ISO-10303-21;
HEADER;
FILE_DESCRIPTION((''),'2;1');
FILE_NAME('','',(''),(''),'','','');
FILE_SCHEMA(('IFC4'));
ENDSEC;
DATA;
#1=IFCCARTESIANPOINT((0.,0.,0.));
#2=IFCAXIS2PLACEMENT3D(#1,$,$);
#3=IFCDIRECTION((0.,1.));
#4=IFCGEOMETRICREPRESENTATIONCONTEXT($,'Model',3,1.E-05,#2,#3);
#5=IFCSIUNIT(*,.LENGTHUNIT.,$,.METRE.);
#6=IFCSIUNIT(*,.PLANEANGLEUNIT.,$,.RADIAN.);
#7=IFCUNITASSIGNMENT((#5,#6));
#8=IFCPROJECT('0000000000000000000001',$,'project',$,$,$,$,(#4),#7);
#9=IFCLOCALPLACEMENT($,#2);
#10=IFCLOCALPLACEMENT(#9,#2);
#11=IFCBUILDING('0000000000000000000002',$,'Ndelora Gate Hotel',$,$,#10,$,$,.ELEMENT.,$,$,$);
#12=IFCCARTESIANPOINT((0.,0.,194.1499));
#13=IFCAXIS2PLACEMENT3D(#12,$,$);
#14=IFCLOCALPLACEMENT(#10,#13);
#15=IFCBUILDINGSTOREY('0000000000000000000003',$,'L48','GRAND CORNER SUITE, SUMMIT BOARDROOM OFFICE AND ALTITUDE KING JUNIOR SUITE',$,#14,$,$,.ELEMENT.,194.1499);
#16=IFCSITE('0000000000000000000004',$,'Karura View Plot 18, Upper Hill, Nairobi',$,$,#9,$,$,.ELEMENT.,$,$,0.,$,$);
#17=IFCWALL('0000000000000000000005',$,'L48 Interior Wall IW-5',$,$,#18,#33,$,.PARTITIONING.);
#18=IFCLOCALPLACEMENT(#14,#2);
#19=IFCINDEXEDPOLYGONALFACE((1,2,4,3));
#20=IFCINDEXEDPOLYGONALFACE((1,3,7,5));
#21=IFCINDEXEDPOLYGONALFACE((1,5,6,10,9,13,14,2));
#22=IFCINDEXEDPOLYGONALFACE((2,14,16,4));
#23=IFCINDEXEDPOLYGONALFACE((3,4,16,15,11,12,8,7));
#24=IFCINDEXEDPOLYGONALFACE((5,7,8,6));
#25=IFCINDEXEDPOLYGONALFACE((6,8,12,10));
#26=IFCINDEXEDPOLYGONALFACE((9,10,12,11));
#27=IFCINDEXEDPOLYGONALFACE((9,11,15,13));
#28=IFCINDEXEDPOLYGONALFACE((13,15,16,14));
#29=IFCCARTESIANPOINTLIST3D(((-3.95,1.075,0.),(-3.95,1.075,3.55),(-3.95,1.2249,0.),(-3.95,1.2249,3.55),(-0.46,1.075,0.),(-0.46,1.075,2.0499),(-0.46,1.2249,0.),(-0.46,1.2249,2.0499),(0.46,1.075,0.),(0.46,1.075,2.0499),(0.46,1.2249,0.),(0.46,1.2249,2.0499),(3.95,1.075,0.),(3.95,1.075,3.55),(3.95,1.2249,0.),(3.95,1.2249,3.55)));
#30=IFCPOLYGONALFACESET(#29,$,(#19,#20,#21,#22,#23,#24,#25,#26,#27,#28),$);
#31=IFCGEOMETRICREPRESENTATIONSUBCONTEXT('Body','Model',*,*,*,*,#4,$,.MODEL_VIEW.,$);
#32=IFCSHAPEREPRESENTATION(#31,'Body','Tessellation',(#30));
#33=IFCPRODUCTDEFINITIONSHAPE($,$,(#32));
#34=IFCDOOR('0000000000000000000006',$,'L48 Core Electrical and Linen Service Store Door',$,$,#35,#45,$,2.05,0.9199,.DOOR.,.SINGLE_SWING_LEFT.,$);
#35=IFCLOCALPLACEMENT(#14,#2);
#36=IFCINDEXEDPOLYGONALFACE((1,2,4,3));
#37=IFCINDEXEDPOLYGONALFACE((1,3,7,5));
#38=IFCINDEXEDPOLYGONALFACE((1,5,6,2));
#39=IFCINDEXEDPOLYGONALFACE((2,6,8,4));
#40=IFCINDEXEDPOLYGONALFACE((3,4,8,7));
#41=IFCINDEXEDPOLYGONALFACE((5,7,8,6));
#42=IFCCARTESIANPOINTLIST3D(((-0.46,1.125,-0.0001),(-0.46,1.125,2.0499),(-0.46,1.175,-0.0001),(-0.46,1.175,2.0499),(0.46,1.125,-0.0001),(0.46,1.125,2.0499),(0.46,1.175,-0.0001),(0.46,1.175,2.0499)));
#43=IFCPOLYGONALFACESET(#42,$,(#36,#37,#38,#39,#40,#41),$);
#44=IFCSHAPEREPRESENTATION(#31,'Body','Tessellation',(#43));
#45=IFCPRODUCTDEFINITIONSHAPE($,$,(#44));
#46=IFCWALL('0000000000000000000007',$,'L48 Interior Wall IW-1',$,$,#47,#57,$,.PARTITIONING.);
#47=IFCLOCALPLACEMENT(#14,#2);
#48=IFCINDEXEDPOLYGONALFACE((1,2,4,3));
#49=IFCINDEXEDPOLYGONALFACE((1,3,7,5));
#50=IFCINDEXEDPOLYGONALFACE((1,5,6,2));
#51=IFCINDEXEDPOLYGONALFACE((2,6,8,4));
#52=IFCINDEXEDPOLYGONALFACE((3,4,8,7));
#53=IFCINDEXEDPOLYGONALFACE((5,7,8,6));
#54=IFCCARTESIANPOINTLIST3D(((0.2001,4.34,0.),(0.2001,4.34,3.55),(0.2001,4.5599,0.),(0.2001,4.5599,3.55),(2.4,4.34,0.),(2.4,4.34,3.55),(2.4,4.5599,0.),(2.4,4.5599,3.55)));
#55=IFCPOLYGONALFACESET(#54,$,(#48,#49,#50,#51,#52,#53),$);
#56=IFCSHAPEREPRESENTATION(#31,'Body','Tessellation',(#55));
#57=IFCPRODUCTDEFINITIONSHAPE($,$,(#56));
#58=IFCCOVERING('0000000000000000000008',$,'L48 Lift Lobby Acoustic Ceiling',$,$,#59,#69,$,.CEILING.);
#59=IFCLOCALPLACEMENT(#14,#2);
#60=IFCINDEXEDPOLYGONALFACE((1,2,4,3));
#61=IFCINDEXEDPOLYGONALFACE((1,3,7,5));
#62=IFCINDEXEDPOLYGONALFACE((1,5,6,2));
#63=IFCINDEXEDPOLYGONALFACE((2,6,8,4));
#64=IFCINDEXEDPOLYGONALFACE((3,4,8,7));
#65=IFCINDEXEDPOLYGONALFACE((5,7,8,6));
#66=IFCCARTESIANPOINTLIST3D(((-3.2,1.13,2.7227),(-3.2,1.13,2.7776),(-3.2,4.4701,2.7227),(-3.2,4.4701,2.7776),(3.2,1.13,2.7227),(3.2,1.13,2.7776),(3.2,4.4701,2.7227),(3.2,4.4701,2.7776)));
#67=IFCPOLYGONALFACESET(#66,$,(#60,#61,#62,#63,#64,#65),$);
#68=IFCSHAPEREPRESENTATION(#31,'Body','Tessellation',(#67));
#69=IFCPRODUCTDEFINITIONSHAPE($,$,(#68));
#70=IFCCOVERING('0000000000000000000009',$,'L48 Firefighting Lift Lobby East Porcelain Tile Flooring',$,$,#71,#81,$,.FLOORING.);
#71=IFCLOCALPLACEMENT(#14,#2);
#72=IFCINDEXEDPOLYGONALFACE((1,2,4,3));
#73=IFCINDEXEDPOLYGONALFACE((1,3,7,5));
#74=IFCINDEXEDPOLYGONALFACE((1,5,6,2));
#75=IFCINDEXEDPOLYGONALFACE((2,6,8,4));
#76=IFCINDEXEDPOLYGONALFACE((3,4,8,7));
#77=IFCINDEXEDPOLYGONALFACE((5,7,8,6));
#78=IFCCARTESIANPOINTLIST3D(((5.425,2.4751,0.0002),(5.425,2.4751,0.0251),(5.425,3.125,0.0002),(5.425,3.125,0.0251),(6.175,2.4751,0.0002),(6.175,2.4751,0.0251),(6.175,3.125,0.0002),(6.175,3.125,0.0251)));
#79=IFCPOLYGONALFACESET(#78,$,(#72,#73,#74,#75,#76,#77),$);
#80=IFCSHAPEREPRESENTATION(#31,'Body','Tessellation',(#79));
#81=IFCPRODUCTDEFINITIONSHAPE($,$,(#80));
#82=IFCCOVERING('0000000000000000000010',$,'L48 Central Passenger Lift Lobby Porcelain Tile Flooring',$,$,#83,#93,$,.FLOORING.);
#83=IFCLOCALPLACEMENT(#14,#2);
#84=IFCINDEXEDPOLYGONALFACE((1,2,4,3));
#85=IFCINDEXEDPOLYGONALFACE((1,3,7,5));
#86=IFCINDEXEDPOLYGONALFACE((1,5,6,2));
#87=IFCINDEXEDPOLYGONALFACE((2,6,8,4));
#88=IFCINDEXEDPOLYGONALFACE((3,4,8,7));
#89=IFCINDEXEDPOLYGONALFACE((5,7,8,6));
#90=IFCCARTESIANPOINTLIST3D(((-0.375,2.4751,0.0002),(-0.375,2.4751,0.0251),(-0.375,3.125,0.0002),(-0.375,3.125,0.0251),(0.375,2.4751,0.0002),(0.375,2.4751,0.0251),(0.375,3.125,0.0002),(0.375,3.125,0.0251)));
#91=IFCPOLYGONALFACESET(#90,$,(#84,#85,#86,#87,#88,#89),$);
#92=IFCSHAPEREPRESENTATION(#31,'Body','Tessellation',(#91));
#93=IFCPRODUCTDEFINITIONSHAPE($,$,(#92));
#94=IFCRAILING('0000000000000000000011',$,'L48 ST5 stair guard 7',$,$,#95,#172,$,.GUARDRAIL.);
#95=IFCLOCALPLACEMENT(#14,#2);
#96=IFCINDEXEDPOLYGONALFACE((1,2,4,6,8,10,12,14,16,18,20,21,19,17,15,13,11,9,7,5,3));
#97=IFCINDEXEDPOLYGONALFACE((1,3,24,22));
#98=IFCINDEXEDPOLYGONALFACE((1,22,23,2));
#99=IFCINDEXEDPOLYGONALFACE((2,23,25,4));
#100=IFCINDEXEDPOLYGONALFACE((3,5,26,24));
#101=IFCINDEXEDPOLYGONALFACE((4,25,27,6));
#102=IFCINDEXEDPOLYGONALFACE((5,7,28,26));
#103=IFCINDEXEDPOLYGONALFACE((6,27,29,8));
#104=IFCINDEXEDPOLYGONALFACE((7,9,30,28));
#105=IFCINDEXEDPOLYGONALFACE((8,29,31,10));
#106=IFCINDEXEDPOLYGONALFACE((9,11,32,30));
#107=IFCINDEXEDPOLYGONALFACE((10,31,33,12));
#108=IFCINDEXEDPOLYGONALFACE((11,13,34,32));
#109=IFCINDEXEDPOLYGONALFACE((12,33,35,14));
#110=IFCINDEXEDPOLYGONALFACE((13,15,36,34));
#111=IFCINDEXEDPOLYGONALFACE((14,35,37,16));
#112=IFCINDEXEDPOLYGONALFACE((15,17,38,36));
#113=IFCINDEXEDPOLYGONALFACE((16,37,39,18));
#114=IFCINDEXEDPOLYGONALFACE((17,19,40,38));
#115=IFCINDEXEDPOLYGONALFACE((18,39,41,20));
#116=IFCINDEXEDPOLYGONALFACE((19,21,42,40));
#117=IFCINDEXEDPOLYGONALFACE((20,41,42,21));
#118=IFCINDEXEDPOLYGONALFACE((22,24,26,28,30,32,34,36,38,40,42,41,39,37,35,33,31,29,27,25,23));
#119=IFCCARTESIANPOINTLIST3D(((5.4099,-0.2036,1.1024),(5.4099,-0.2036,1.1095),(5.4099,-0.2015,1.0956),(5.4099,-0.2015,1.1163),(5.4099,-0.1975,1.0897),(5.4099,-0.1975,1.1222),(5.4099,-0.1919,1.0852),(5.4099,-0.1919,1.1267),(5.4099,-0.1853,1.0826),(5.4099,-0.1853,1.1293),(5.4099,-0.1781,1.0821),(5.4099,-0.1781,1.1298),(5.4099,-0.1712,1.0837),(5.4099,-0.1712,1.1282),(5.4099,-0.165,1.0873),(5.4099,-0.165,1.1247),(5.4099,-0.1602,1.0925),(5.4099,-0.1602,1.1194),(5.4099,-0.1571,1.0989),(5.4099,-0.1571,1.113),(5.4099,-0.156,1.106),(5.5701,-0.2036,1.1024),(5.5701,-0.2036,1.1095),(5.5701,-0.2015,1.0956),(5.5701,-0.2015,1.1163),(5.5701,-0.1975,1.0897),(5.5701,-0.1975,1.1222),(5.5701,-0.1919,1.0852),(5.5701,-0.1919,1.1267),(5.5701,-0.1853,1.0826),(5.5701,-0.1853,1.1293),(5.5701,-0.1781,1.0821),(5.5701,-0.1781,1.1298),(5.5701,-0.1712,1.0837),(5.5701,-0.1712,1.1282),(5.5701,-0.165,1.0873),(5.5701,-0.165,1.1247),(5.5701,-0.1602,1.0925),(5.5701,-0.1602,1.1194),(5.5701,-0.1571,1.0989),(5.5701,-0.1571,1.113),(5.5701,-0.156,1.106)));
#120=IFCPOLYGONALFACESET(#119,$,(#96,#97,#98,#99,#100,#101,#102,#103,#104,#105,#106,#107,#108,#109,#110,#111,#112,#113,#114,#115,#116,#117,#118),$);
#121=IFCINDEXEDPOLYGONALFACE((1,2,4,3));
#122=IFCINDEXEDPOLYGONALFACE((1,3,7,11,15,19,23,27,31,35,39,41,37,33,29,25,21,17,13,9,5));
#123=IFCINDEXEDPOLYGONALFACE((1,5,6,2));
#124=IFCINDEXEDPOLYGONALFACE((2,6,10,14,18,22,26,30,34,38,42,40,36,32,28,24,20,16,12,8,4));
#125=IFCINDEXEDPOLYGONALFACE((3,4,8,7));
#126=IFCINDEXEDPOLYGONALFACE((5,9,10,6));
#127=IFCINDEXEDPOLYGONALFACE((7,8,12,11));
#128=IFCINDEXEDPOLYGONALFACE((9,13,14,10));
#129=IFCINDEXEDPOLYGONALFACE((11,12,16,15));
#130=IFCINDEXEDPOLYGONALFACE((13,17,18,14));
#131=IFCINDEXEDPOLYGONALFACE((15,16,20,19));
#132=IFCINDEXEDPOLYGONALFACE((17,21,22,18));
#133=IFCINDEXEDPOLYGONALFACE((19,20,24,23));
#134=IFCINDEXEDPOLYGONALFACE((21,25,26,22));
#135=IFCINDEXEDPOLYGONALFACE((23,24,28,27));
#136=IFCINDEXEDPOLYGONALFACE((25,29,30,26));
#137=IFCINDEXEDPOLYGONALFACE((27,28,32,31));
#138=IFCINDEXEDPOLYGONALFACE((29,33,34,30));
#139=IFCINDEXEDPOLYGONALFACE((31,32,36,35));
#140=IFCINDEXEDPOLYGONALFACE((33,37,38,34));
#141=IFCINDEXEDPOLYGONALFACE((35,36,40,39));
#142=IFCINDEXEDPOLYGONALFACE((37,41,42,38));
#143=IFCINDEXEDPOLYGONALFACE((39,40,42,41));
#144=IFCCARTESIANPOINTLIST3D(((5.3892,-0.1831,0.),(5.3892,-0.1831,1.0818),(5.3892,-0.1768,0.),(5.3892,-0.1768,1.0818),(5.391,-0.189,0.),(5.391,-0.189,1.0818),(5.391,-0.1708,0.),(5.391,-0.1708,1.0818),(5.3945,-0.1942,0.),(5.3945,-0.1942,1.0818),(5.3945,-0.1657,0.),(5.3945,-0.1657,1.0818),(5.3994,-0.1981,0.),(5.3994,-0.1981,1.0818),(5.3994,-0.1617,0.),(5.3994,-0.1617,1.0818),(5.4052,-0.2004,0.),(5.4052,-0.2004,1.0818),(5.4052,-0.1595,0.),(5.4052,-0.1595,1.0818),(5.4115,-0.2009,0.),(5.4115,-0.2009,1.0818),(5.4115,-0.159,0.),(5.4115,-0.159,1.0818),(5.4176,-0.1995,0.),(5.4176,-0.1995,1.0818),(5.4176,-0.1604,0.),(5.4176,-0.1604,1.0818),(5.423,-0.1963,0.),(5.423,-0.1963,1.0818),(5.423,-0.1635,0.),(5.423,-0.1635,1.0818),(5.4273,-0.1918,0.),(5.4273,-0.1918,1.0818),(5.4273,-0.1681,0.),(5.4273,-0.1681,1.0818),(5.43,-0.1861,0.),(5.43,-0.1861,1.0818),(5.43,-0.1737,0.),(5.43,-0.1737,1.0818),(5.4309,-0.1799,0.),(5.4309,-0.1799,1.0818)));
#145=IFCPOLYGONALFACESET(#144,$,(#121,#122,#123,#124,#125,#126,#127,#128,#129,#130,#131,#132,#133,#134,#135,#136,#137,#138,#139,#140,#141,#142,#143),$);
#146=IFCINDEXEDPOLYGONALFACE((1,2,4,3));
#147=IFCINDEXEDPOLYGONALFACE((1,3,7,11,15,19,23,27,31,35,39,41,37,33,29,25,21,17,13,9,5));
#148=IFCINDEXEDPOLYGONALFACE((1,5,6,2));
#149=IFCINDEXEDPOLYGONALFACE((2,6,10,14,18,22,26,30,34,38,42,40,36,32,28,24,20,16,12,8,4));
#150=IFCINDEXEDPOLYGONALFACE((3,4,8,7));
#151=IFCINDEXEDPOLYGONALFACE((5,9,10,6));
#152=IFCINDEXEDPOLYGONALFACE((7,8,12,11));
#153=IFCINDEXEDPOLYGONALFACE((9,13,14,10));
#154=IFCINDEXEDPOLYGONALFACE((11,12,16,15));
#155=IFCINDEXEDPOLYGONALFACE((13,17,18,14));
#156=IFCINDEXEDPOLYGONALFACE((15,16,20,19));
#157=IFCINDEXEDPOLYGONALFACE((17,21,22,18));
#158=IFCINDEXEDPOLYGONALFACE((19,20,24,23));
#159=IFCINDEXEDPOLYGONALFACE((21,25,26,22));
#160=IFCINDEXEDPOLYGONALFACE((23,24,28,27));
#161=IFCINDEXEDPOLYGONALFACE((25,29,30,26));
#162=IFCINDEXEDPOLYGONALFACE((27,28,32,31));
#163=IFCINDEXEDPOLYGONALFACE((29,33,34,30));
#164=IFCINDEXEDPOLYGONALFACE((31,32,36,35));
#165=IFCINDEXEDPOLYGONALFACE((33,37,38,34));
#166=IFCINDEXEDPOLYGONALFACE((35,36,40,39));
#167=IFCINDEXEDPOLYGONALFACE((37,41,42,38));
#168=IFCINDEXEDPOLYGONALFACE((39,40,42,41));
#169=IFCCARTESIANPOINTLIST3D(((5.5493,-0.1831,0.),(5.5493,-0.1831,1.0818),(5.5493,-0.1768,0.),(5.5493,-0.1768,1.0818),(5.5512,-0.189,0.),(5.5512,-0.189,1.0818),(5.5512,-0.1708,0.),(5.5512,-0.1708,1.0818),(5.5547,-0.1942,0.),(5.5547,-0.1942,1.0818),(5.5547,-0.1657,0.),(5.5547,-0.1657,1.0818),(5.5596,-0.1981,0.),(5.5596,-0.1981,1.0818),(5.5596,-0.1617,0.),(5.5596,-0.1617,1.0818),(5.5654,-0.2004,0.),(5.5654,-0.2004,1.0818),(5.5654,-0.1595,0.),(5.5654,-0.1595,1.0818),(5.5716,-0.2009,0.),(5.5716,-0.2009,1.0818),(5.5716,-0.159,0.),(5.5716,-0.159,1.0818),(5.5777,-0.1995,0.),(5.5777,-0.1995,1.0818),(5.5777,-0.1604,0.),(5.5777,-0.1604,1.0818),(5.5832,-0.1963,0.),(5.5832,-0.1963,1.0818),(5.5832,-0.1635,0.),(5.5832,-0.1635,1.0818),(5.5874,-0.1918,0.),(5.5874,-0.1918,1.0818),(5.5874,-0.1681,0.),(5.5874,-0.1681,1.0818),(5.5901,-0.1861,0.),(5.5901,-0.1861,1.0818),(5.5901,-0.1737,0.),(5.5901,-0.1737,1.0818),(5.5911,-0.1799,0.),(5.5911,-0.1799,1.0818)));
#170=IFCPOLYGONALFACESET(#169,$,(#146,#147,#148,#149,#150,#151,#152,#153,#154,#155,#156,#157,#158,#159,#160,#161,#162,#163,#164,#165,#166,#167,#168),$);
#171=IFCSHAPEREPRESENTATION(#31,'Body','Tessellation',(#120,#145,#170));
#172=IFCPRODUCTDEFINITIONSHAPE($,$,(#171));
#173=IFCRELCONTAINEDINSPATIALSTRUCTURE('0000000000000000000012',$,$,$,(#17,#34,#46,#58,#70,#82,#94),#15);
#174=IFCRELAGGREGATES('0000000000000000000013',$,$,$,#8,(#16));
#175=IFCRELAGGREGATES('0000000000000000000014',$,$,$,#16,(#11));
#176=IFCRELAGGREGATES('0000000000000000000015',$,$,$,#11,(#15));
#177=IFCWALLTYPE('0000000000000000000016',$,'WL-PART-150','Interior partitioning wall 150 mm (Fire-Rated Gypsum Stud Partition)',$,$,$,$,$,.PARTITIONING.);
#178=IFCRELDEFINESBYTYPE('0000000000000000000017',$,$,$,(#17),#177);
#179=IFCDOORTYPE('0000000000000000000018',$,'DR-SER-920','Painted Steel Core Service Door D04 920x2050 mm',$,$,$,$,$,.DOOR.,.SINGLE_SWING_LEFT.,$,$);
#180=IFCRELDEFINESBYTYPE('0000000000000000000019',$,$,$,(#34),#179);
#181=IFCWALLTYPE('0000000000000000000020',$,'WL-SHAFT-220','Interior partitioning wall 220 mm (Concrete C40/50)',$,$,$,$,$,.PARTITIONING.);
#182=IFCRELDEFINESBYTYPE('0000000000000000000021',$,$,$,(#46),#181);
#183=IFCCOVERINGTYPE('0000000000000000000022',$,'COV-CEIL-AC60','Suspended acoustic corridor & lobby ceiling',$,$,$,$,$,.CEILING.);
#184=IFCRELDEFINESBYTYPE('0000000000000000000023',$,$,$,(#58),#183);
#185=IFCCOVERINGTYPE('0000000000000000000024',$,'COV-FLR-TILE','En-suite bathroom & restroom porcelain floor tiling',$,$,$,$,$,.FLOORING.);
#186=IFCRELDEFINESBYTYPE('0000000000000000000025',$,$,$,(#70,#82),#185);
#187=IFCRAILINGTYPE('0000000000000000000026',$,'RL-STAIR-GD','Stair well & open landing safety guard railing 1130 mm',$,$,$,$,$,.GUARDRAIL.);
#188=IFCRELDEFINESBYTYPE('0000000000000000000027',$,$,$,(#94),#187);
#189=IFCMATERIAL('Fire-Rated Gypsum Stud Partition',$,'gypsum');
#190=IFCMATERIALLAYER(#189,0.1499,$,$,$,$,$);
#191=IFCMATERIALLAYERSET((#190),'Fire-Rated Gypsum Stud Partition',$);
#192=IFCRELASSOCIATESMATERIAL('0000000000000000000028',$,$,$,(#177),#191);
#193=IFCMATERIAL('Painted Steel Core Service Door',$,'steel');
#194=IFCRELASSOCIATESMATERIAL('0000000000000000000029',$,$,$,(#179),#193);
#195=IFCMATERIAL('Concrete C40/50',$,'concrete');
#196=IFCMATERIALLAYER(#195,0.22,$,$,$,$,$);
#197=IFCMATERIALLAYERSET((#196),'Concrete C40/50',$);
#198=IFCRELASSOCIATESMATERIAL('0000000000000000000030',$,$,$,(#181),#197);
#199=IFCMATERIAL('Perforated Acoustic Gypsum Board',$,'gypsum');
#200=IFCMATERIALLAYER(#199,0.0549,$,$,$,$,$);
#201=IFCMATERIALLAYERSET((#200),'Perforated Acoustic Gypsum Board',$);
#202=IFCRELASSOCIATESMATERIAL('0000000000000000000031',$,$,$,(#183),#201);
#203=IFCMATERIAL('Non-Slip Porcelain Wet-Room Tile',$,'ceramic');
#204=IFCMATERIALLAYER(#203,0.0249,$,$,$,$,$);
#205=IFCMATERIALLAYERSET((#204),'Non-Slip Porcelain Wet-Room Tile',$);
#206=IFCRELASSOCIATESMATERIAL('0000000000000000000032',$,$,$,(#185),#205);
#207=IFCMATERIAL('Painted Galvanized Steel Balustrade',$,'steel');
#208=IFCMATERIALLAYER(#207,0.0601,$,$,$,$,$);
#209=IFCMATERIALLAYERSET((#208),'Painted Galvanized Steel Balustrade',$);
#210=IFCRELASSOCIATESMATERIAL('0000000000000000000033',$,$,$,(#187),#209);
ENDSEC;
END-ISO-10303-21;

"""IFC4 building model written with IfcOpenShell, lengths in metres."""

from ifc_helpers import new_model, si_unit, direction, frame, frame_2d, origin, origin_2d, place, context, subcontext, project, spatial, rectangle, circle, extrude, material, layer, layer_set, type_object, element, fill, save


model = new_model("IFC4")

# Units and contexts
model_context = context("Model", 3, precision=1e-05, world=origin(), true_north=direction((0.0, 1.0)))
body_context = subcontext(model_context, "Body", "Model", "MODEL_VIEW")
ifc_project = project(units=[si_unit("LENGTHUNIT", "METRE"), si_unit("PLANEANGLEUNIT", "RADIAN")], contexts=[model_context])

# Site, building, storey
site_placement = place(None, origin())
site = spatial("IfcSite", under=ifc_project, at=site_placement, Name="Karura View Plot 18, Upper Hill, Nairobi", CompositionType="ELEMENT", RefElevation=0.0)
building_placement = place(site_placement, origin())
building = spatial("IfcBuilding", under=site, at=building_placement, Name="Ndelora Gate Hotel", CompositionType="ELEMENT")
storey_placement = place(building_placement, frame((0.0, 0.0, 194.1499)))
storey = spatial("IfcBuildingStorey", under=building, at=storey_placement, Name="L48", Description="GRAND CORNER SUITE, SUMMIT BOARDROOM OFFICE AND ALTITUDE KING JUNIOR SUITE", CompositionType="ELEMENT", Elevation=194.1499)

# Shared definitions
ifc_material_1 = material(Name="Concrete C40/50", Category="concrete")

# Wall, opening, door
ifc_material_2 = material(Name="Fire-Rated Gypsum Stud Partition", Category="gypsum")
ifc_layer_1 = layer(ifc_material_2, 0.1499)
ifc_layer_set_1 = layer_set([ifc_layer_1], Name="Fire-Rated Gypsum Stud Partition")
wall_type_1 = type_object("IfcWallType", Name="WL-PART-150", Description="Interior partitioning wall 150 mm (Fire-Rated Gypsum Stud Partition)", PredefinedType="PARTITIONING", material=ifc_layer_set_1)
wall_1_placement = place(storey_placement, frame((3.95, 1.1499, 0.0), z_axis=(0.0, 0.0, 1.0), x_axis=(-1.0, 0.0, 0.0)))
wall_1 = element("IfcWall", 1, at=wall_1_placement, inside=storey, type_object=wall_type_1, Name="L48 Interior Wall IW-5", PredefinedType="PARTITIONING", context=body_context, shape_type="SweptSolid", body=[
    extrude(rectangle(XDim=7.8999, YDim=0.1499, at=frame_2d((3.95, 0.0))), origin(), (0.0, 0.0, 1.0), 3.55),
])
opening_1_placement = place(wall_1_placement, frame((3.49, 0.0, 0.0)))
opening_1 = element("IfcOpeningElement", 2, at=opening_1_placement, cuts=wall_1, PredefinedType="OPENING", context=body_context, shape_type="SweptSolid", body=[
    extrude(rectangle(XDim=0.9199, YDim=2.05, at=frame_2d((0.46, 1.0249))), frame((0.0, 0.085, 0.0), z_axis=(0.0, -1.0, 0.0), x_axis=(1.0, 0.0, 0.0)), (0.0, 0.0, 1.0), 0.1699),
])
ifc_material_3 = material(Name="Painted Steel Core Service Door", Category="steel")
door_type_1 = type_object("IfcDoorType", Name="DR-SER-920", Description="Painted Steel Core Service Door D04 920x2050 mm", OperationType="SINGLE_SWING_LEFT", PredefinedType="DOOR", material=ifc_material_3)
door_1_placement = place(opening_1_placement, origin())
door_1 = element("IfcDoor", 3, at=door_1_placement, inside=storey, type_object=door_type_1, Name="L48 Core Electrical and Linen Service Store Door", OperationType="SINGLE_SWING_LEFT", OverallHeight=2.05, OverallWidth=0.9199, PredefinedType="DOOR", context=body_context, shape_type="SweptSolid", body=[
    extrude(rectangle(XDim=0.9199, YDim=2.05, at=frame_2d((0.46, 1.0249))), frame((0.0, 0.0249, 0.0), z_axis=(0.0, -1.0, 0.0), x_axis=(1.0, 0.0, 0.0)), (0.0, 0.0, 1.0), 0.05),
])
fill(opening_1, door_1)
ifc_layer_2 = layer(ifc_material_1, 0.22)
ifc_layer_set_2 = layer_set([ifc_layer_2], Name="Concrete C40/50")
wall_type_2 = type_object("IfcWallType", Name="WL-SHAFT-220", Description="Interior partitioning wall 220 mm (Concrete C40/50)", PredefinedType="PARTITIONING", material=ifc_layer_set_2)

# Wall
wall_2_placement = place(storey_placement, frame((0.2, 4.45, 0.0), z_axis=(0.0, 0.0, 1.0), x_axis=(1.0, 0.0, 0.0)))
element("IfcWall", 4, at=wall_2_placement, inside=storey, type_object=wall_type_2, Name="L48 Interior Wall IW-1", PredefinedType="PARTITIONING", context=body_context, shape_type="SweptSolid", body=[
    extrude(rectangle(XDim=2.2, YDim=0.22, at=frame_2d((1.1001, 0.0))), origin(), (0.0, 0.0, 1.0), 3.55),
])

# Coverings
ifc_material_4 = material(Name="Perforated Acoustic Gypsum Board", Category="gypsum")
ifc_layer_3 = layer(ifc_material_4, 0.0549)
ifc_layer_set_3 = layer_set([ifc_layer_3], Name="Perforated Acoustic Gypsum Board")
covering_type_1 = type_object("IfcCoveringType", Name="COV-CEIL-AC60", Description="Suspended acoustic corridor & lobby ceiling", PredefinedType="CEILING", material=ifc_layer_set_3)
covering_placement = place(storey_placement, frame((0.0, 2.8, 2.7227), z_axis=(0.0, 0.0, 1.0), x_axis=(1.0, 0.0, 0.0)))
element("IfcCovering", 5, at=covering_placement, inside=storey, type_object=covering_type_1, Name="L48 Lift Lobby Acoustic Ceiling", PredefinedType="CEILING", context=body_context, shape_type="SweptSolid", body=[
    extrude(rectangle(XDim=6.3999, YDim=3.3401, at=origin_2d()), origin(), (0.0, 0.0, 1.0), 0.0549),
])
ifc_material_5 = material(Name="Non-Slip Porcelain Wet-Room Tile", Category="ceramic")
ifc_layer_4 = layer(ifc_material_5, 0.0249)
ifc_layer_set_4 = layer_set([ifc_layer_4], Name="Non-Slip Porcelain Wet-Room Tile")
covering_type_2 = type_object("IfcCoveringType", Name="COV-FLR-TILE", Description="En-suite bathroom & restroom porcelain floor tiling", PredefinedType="FLOORING", material=ifc_layer_set_4)
for number, where, z_axis, x_axis, name in (
    (6, (5.8, 2.8, 0.0002), (0.0, 0.0, 1.0), (1.0, 0.0, 0.0), "L48 Firefighting Lift Lobby East Porcelain Tile Flooring"),
    (7, (0.0, 2.8, 0.0002), (0.0, 0.0, 1.0), (1.0, 0.0, 0.0), "L48 Central Passenger Lift Lobby Porcelain Tile Flooring"),
):
    element("IfcCovering", number, at=place(storey_placement, frame(where, z_axis=z_axis, x_axis=x_axis)), inside=storey, type_object=covering_type_2, Name=name, PredefinedType="FLOORING", context=body_context, shape_type="SweptSolid", body=[
        extrude(rectangle(XDim=0.75, YDim=0.6499, at=origin_2d()), origin(), (0.0, 0.0, 1.0), 0.0249),
    ])

# Railing
ifc_material_6 = material(Name="Painted Galvanized Steel Balustrade", Category="steel")
ifc_layer_5 = layer(ifc_material_6, 0.0601)
ifc_layer_set_5 = layer_set([ifc_layer_5], Name="Painted Galvanized Steel Balustrade")
railing_type = type_object("IfcRailingType", Name="RL-STAIR-GD", Description="Stair well & open landing safety guard railing 1130 mm", PredefinedType="GUARDRAIL", material=ifc_layer_set_5)
railing_placement = place(storey_placement, frame((5.4099, -0.1799, 0.0)))
element("IfcRailing", 8, at=railing_placement, inside=storey, type_object=railing_type, Name="L48 ST5 stair guard 7", PredefinedType="GUARDRAIL", context=body_context, shape_type="SweptSolid", body=[
    extrude(circle(Radius=0.0239, at=origin_2d()), frame((0.0, 0.0, 1.106), z_axis=(1.0, 0.0, 0.0), x_axis=(0.0, 1.0, 0.0)), (0.0, 0.0, 1.0), 0.1602),
    extrude(circle(Radius=0.021, at=origin_2d()), origin(), (0.0, 0.0, 1.0), 1.0818),
    extrude(circle(Radius=0.021, at=origin_2d()), frame((0.1602, 0.0, 0.0)), (0.0, 0.0, 1.0), 1.0818),
])

save(model, "model.ifc")
